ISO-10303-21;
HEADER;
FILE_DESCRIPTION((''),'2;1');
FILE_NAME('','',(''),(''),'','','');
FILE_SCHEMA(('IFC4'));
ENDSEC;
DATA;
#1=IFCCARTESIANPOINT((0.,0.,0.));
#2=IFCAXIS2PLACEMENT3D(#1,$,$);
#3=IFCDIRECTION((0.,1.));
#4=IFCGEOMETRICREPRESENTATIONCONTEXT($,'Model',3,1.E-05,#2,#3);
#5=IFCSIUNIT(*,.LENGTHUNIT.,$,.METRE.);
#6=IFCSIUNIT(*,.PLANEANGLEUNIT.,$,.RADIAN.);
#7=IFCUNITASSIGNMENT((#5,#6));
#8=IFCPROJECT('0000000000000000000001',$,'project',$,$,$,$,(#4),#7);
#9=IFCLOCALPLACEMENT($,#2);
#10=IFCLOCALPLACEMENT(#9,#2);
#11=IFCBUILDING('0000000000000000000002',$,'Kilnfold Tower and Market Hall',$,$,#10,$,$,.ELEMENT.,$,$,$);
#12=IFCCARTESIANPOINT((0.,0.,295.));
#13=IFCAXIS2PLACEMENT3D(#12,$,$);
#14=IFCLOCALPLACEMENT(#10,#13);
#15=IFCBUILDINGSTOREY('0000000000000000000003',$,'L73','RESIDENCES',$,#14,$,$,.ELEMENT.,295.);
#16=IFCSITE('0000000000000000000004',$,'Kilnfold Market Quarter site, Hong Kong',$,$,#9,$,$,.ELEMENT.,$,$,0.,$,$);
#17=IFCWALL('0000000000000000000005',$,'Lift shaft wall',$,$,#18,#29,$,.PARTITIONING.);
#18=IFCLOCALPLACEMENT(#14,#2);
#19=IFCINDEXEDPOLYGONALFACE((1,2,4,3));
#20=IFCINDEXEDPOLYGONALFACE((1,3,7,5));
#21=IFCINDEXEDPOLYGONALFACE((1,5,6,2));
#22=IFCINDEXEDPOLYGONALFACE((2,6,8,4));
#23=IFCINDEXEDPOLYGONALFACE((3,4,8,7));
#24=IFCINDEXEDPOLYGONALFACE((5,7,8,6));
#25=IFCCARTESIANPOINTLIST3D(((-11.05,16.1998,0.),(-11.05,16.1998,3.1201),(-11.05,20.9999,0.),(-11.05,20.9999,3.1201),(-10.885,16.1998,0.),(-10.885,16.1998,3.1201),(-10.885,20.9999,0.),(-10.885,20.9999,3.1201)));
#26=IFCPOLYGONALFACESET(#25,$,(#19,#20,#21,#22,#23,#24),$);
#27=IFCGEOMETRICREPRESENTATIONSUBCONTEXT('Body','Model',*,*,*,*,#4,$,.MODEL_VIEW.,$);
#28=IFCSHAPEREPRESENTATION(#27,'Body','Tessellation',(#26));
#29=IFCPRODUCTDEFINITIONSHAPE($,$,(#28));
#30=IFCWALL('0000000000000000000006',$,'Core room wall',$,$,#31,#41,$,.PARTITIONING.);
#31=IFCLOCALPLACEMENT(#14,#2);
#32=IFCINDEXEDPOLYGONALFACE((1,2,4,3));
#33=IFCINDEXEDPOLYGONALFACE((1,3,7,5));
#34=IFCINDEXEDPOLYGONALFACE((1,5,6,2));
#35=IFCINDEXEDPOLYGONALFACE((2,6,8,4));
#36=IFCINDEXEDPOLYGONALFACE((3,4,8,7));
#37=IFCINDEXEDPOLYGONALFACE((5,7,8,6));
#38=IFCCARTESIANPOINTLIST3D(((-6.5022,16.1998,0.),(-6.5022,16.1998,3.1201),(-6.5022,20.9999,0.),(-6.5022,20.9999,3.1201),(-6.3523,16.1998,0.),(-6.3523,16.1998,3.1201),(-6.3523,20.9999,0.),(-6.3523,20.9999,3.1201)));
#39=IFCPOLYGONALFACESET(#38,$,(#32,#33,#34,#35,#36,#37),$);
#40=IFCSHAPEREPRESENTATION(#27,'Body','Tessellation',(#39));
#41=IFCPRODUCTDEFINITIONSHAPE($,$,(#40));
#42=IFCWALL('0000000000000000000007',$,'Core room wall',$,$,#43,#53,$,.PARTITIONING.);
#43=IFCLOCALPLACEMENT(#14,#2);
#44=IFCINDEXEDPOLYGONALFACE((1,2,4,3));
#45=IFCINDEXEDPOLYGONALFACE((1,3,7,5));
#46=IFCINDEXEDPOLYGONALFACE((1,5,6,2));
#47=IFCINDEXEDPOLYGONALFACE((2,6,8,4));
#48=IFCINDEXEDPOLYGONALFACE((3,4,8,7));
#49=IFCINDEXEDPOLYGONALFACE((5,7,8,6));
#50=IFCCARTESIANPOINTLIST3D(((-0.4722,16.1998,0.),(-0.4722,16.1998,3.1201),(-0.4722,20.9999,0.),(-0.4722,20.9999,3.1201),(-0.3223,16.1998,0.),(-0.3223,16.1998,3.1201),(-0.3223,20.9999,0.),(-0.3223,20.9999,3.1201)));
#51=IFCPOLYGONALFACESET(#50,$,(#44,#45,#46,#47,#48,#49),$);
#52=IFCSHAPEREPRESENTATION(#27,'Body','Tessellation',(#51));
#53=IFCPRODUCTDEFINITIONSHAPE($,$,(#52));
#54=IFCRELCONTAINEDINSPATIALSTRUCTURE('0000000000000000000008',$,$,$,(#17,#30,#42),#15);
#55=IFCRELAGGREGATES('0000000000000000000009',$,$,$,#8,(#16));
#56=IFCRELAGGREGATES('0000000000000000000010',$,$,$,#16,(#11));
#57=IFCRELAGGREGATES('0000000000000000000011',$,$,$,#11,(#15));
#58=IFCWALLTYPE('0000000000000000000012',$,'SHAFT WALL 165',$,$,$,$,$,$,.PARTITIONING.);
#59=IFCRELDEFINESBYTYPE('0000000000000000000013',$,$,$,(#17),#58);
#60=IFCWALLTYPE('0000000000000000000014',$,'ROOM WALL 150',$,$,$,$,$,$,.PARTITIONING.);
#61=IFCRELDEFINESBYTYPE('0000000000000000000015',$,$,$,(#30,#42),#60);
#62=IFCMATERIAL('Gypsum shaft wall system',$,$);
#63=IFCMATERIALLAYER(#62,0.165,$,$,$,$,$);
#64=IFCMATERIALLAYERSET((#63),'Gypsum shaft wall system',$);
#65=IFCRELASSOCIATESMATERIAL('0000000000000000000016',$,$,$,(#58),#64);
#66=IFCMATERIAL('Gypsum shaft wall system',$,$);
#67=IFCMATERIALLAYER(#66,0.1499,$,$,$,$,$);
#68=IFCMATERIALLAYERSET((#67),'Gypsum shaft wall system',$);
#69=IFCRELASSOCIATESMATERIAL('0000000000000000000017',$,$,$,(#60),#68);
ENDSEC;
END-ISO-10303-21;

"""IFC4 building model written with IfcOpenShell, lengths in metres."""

from ifc_helpers import new_model, si_unit, direction, frame, frame_2d, origin, place, context, subcontext, project, spatial, rectangle, extrude, source, transform, mapped, material, layer, layer_set, type_object, element, save


model = new_model("IFC4")

# Units and contexts
model_context = context("Model", 3, precision=1e-05, world=origin(), true_north=direction((0.0, 1.0)))
body_context = subcontext(model_context, "Body", "Model", "MODEL_VIEW")
ifc_project = project(units=[si_unit("LENGTHUNIT", "METRE"), si_unit("PLANEANGLEUNIT", "RADIAN")], contexts=[model_context])

# Site, building, storey
site_placement = place(None, origin())
site = spatial("IfcSite", under=ifc_project, at=site_placement, Name="Kilnfold Market Quarter site, Hong Kong", CompositionType="ELEMENT", RefElevation=0.0)
building_placement = place(site_placement, origin())
building = spatial("IfcBuilding", under=site, at=building_placement, Name="Kilnfold Tower and Market Hall", CompositionType="ELEMENT")
storey_placement = place(building_placement, frame((0.0, 0.0, 295.0)))
storey = spatial("IfcBuildingStorey", under=building, at=storey_placement, Name="L73", Description="RESIDENCES", CompositionType="ELEMENT", Elevation=295.0)

# Walls
ifc_material_1 = material(Name="Gypsum shaft wall system")
ifc_layer_1 = layer(ifc_material_1, 0.165)
ifc_layer_set_1 = layer_set([ifc_layer_1], Name="Gypsum shaft wall system")
wall_type_1 = type_object("IfcWallType", Name="SHAFT WALL 165", PredefinedType="PARTITIONING", material=ifc_layer_set_1)
shared_shape_1 = source(origin(), body_context, "Body", "SweptSolid", [
    extrude(rectangle(XDim=4.8, YDim=0.165, at=frame_2d((2.3999, 0.0))), origin(), (0.0, 0.0, 1.0), 3.1201),
])
wall_1_placement = place(storey_placement, frame((-10.9675, 16.2, 0.0), z_axis=(0.0, 0.0, 1.0), x_axis=(0.0, 1.0, 0.0)))
element("IfcWall", 1, at=wall_1_placement, inside=storey, type_object=wall_type_1, Name="Lift shaft wall", PredefinedType="PARTITIONING", context=body_context, shape_type="MappedRepresentation", body=[
    mapped(shared_shape_1, transform((0.0, 0.0, 0.0))),
])
ifc_material_2 = material(Name="Gypsum shaft wall system")
ifc_layer_2 = layer(ifc_material_2, 0.1499)
ifc_layer_set_2 = layer_set([ifc_layer_2], Name="Gypsum shaft wall system")
wall_type_2 = type_object("IfcWallType", Name="ROOM WALL 150", PredefinedType="PARTITIONING", material=ifc_layer_set_2)
shared_shape_2 = source(origin(), body_context, "Body", "SweptSolid", [
    extrude(rectangle(XDim=4.8, YDim=0.1499, at=frame_2d((2.3999, 0.0))), origin(), (0.0, 0.0, 1.0), 3.1201),
])
for number, where, z_axis, x_axis, name in (
    (2, (-6.4272, 16.2, 0.0), (0.0, 0.0, 1.0), (0.0, 1.0, 0.0), "Core room wall"),
    (3, (-0.3972, 16.2, 0.0), (0.0, 0.0, 1.0), (0.0, 1.0, 0.0), "Core room wall"),
):
    element("IfcWall", number, at=place(storey_placement, frame(where, z_axis=z_axis, x_axis=x_axis)), inside=storey, type_object=wall_type_2, Name=name, PredefinedType="PARTITIONING", context=body_context, shape_type="MappedRepresentation", body=[
        mapped(shared_shape_2, transform((0.0, 0.0, 0.0))),
    ])

save(model, "model.ifc")
